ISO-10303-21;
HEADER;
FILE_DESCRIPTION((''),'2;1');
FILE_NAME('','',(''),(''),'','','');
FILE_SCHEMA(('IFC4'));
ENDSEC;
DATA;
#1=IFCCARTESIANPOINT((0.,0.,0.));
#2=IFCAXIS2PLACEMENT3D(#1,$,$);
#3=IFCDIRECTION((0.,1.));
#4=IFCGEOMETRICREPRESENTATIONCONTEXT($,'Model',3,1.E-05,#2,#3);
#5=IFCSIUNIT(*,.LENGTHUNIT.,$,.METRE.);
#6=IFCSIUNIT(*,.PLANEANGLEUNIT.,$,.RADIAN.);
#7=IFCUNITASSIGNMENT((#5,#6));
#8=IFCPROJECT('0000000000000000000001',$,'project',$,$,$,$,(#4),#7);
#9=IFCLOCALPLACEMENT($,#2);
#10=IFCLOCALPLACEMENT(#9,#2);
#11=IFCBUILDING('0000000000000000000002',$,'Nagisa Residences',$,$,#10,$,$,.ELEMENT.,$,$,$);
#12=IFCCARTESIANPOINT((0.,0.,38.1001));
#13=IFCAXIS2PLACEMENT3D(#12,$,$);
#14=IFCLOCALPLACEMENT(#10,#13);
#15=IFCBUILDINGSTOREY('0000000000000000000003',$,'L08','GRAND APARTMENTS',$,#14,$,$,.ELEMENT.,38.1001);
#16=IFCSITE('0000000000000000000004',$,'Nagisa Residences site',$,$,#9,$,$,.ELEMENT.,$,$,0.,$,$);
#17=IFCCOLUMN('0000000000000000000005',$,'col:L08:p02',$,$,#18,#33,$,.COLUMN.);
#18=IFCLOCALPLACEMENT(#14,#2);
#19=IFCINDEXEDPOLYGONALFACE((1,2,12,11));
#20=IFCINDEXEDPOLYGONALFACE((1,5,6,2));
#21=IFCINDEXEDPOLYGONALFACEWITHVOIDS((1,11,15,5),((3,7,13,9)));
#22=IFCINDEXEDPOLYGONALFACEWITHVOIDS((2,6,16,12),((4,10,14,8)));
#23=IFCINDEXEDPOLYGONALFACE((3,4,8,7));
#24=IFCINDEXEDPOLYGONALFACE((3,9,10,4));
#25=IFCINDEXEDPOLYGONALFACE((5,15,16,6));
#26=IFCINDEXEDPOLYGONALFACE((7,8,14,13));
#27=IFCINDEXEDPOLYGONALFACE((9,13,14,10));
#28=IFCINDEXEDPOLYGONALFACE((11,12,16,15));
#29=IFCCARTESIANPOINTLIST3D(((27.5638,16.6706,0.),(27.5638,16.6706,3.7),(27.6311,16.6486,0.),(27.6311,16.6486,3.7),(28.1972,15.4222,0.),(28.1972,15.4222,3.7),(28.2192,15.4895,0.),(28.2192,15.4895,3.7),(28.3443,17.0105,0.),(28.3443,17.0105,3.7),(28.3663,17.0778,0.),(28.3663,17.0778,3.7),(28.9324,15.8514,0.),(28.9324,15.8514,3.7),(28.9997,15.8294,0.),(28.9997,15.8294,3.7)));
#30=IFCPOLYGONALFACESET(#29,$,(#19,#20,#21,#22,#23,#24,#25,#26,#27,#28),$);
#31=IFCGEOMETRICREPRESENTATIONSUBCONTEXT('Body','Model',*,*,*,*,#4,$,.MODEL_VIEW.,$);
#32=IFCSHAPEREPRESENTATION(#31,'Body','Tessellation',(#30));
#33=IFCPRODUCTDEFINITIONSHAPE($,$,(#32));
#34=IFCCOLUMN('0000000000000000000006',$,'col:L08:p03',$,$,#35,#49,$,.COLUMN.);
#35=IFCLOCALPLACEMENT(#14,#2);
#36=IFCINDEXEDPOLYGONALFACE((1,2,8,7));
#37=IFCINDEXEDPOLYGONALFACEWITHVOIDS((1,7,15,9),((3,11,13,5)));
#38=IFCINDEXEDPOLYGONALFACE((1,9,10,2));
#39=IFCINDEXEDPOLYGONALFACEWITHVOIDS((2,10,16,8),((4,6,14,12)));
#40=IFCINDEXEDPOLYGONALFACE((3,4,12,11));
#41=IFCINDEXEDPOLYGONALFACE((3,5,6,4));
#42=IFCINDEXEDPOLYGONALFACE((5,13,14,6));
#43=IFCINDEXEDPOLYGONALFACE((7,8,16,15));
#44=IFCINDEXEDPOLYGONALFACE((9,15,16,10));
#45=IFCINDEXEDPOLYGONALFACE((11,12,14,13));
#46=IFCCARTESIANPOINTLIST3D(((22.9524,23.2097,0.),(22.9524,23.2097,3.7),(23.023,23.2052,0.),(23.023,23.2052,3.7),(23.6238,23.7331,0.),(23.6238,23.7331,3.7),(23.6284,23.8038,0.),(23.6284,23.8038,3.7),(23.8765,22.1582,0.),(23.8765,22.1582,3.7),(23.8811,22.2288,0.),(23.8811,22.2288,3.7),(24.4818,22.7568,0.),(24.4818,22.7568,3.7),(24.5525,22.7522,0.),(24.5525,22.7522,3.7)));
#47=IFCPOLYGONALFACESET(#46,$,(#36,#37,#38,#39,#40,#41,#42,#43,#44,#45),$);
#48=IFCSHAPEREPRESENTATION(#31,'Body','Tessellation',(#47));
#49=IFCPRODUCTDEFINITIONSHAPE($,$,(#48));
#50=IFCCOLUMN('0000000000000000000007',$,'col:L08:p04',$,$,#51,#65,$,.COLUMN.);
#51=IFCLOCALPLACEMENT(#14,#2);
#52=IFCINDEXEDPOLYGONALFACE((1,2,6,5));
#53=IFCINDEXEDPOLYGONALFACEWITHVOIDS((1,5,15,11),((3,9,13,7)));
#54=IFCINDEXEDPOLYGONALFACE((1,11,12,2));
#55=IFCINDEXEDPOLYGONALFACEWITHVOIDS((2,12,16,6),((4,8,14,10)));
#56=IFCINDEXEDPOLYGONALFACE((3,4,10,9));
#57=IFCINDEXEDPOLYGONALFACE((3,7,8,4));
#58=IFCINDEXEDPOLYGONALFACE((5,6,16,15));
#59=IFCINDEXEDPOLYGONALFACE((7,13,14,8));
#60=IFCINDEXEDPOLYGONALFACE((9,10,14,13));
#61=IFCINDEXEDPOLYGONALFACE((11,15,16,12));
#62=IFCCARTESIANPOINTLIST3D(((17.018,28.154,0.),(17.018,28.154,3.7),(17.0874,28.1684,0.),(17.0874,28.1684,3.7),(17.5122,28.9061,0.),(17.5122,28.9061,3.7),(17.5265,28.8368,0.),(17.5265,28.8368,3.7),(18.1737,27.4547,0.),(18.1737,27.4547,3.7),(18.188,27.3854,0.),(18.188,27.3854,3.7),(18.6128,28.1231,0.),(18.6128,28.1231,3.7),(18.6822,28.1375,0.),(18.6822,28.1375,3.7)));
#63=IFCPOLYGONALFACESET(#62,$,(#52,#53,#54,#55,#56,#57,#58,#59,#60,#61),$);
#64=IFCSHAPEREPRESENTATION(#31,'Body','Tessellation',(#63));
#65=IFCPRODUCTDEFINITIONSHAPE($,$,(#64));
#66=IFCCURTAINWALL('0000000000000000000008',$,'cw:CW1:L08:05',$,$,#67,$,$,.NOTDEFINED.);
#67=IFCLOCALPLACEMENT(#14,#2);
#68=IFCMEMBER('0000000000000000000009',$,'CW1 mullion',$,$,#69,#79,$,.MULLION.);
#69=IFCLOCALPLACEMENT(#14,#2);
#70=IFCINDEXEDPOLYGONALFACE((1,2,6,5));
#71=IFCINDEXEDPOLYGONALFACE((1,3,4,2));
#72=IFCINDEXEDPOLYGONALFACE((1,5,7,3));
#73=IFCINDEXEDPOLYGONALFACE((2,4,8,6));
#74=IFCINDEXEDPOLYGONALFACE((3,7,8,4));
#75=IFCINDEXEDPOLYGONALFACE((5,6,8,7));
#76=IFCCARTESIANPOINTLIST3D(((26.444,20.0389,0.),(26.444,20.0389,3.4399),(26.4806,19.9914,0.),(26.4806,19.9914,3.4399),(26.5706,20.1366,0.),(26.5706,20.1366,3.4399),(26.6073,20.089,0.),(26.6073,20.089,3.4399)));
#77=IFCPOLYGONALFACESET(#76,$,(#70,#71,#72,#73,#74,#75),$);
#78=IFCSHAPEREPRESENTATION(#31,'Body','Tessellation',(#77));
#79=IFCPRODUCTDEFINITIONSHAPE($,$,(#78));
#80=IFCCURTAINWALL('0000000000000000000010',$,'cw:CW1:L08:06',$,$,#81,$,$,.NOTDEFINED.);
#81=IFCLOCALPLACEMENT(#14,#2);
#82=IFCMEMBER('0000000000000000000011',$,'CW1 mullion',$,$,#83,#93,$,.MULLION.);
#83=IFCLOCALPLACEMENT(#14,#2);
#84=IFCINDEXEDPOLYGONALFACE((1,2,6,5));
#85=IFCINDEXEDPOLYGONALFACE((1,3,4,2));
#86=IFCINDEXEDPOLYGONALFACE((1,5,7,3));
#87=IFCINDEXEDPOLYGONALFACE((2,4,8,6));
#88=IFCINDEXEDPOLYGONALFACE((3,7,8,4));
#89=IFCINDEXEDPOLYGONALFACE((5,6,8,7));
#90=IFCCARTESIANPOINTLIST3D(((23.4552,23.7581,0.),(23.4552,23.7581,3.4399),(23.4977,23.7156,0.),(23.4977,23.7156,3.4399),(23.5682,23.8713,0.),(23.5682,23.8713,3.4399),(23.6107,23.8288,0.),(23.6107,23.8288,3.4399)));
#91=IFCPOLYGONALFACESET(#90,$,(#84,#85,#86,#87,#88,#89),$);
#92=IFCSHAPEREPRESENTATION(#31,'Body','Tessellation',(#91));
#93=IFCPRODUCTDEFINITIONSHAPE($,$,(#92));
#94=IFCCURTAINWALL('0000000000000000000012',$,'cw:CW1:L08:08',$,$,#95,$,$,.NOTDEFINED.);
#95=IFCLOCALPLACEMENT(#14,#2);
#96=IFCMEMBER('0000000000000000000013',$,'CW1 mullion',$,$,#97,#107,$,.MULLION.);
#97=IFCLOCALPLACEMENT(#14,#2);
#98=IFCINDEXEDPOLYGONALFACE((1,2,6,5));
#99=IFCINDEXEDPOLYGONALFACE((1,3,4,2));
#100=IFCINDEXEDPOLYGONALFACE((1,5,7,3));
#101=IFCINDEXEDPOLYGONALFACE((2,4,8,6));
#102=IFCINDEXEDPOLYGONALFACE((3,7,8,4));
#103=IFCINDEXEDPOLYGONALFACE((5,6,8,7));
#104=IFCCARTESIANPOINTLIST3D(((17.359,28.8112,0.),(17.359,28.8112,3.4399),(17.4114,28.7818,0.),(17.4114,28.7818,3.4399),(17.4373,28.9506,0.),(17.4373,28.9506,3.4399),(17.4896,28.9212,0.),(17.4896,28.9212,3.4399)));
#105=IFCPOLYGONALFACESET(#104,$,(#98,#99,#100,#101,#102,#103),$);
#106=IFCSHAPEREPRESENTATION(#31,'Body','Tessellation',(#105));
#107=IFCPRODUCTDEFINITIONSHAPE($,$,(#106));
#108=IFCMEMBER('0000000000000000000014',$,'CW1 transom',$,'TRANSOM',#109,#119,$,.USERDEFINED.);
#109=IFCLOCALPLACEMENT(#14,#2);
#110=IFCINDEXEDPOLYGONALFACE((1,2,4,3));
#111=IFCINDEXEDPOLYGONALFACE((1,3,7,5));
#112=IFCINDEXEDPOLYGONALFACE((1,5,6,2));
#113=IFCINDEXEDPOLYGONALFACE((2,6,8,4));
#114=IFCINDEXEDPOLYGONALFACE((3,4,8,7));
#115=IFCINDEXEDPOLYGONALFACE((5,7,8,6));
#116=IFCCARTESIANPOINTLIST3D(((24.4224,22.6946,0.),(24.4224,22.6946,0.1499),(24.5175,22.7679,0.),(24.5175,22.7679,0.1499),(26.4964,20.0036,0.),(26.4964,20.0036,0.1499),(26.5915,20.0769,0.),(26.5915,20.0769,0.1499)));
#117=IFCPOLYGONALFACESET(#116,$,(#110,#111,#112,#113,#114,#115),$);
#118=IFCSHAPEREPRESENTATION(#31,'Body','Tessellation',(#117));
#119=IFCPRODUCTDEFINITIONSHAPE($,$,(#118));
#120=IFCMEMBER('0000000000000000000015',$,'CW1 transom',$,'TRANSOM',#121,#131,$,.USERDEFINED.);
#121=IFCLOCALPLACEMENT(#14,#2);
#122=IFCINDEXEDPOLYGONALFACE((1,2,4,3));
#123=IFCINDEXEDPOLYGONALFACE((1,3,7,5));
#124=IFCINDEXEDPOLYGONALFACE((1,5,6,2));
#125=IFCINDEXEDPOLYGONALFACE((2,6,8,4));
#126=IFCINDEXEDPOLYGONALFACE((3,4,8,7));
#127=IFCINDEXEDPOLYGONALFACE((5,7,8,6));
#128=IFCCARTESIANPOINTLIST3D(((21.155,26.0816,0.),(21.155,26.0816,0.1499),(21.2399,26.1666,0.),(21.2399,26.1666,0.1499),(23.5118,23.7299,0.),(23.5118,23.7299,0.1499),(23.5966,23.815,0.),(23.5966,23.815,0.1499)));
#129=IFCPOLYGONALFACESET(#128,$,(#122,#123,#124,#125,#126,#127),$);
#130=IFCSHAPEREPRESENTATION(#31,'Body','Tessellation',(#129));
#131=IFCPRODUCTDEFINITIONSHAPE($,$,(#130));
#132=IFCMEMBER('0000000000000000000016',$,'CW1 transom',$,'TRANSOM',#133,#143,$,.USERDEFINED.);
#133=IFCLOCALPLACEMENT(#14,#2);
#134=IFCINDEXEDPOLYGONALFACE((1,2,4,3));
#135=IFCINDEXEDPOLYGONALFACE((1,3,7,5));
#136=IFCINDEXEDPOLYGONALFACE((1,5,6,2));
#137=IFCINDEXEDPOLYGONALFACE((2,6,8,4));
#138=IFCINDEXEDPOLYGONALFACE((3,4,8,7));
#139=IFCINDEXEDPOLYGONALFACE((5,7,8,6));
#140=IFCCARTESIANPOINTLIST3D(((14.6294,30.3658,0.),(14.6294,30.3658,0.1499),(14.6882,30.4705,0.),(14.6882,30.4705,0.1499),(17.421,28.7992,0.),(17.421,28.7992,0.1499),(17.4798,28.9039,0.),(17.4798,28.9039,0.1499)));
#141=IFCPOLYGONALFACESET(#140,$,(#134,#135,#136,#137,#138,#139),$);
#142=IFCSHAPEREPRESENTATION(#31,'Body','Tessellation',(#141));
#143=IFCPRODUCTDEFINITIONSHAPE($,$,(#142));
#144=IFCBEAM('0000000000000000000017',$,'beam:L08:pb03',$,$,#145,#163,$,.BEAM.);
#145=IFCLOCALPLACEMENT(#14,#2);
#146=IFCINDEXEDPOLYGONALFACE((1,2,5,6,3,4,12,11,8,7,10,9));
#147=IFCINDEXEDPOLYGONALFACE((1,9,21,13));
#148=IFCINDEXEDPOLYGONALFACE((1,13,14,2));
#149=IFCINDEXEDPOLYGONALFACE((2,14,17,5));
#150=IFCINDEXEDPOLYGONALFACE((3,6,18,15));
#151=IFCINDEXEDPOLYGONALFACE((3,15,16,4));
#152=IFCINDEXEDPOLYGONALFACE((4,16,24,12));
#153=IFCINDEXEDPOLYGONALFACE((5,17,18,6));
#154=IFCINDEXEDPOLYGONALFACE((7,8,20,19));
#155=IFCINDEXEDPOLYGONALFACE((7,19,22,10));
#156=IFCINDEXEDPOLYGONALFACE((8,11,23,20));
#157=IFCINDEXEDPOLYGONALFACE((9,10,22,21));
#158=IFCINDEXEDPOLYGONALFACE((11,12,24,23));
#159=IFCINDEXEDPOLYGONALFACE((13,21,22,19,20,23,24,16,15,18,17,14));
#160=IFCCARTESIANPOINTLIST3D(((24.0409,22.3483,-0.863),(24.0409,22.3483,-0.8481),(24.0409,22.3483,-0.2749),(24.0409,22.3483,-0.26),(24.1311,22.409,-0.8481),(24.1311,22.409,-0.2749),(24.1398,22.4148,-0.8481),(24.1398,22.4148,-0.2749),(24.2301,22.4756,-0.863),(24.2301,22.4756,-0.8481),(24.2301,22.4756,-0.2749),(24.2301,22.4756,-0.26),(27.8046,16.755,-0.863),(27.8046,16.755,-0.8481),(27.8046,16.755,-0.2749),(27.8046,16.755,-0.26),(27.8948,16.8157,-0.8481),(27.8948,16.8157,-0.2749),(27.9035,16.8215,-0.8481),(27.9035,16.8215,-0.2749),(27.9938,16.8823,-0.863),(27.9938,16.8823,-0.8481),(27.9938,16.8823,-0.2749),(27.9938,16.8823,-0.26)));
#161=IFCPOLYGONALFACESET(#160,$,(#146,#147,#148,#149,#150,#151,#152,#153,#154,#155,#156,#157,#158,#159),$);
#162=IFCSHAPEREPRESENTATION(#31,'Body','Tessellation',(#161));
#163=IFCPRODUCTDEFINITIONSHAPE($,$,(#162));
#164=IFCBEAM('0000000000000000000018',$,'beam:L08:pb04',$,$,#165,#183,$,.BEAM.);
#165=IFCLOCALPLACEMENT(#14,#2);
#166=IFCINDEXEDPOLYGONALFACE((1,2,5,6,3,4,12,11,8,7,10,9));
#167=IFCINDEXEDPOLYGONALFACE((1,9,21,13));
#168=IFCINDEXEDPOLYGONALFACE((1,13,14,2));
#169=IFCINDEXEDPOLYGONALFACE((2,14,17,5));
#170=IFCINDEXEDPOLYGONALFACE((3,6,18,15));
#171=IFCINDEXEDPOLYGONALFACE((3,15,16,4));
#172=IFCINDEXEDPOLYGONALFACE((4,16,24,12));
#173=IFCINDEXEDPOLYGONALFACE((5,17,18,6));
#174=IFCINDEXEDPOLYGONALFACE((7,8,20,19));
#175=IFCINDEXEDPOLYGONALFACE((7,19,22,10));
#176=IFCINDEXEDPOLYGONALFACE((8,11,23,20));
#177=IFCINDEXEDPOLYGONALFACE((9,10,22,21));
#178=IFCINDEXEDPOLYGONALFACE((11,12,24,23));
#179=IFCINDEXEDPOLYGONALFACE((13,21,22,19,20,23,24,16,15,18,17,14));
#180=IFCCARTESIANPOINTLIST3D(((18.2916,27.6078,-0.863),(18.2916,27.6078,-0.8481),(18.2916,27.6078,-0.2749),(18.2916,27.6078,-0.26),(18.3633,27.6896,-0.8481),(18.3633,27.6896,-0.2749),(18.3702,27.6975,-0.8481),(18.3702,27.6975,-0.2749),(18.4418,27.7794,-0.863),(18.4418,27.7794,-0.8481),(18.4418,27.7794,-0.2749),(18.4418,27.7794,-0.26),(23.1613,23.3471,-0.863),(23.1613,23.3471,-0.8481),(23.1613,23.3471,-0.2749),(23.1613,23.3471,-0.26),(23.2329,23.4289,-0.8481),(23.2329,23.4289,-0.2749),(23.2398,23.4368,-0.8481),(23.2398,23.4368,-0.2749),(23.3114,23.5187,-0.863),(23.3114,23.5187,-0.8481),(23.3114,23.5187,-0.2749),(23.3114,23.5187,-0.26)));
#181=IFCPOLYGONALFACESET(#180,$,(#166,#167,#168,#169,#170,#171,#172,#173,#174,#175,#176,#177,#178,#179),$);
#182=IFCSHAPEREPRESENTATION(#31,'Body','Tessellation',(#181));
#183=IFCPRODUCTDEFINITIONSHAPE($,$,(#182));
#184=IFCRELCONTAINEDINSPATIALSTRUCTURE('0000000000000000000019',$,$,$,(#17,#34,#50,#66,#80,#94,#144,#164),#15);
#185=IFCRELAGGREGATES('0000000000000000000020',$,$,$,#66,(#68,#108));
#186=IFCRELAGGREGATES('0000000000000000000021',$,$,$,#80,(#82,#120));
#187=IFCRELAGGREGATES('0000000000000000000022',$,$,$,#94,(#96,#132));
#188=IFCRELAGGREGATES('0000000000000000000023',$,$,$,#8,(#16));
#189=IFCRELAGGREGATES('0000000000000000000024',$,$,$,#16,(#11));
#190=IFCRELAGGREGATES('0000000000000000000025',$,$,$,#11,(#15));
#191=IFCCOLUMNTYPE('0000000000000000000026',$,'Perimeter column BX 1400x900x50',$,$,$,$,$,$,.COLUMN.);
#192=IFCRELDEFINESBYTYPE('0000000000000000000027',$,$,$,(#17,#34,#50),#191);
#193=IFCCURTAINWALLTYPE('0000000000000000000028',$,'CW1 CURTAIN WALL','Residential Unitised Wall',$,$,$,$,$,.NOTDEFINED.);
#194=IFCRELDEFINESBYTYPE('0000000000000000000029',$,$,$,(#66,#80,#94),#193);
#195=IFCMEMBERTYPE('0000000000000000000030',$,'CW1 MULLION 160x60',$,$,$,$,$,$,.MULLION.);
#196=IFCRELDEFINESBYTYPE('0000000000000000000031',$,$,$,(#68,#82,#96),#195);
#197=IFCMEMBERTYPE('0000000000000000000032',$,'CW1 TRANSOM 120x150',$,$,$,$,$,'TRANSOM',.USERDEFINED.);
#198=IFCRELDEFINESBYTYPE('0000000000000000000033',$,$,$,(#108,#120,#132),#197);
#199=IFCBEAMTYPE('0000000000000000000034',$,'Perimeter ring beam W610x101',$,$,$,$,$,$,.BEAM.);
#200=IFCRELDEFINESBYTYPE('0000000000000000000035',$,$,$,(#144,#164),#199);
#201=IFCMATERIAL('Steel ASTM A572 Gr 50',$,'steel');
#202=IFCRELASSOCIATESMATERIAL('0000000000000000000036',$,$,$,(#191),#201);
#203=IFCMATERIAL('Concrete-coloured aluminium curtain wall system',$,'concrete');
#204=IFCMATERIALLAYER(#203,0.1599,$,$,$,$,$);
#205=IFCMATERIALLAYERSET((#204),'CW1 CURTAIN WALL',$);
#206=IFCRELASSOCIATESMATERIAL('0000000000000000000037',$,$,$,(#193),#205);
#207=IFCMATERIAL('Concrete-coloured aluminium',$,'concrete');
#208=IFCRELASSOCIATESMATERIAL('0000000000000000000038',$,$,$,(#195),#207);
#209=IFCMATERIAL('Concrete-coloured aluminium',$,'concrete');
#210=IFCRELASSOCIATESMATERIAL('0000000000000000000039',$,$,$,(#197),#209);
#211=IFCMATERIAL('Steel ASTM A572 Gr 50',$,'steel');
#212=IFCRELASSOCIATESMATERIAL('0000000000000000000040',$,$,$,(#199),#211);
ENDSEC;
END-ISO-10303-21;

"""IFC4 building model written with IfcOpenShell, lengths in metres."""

from ifc_helpers import new_model, si_unit, direction, frame, origin, origin_2d, place, context, subcontext, project, spatial, rectangle, hollow_rectangle, i_section, extrude, material, layer, layer_set, material_profile, profile_set, type_object, element, aggregate, save


model = new_model("IFC4")

# Units and contexts
model_context = context("Model", 3, precision=1e-05, world=origin(), true_north=direction((0.0, 1.0)))
body_context = subcontext(model_context, "Body", "Model", "MODEL_VIEW")
ifc_project = project(units=[si_unit("LENGTHUNIT", "METRE"), si_unit("PLANEANGLEUNIT", "RADIAN")], contexts=[model_context])

# Site, building, storey
site_placement = place(None, origin())
site = spatial("IfcSite", under=ifc_project, at=site_placement, Name="Nagisa Residences site", CompositionType="ELEMENT", RefElevation=0.0)
building_placement = place(site_placement, origin())
building = spatial("IfcBuilding", under=site, at=building_placement, Name="Nagisa Residences", CompositionType="ELEMENT")
storey_placement = place(building_placement, frame((0.0, 0.0, 38.1001)))
storey = spatial("IfcBuildingStorey", under=building, at=storey_placement, Name="L08", Description="GRAND APARTMENTS", CompositionType="ELEMENT", Elevation=38.1001)

# Columns
ifc_material_1 = material(Name="Steel ASTM A572 Gr 50", Category="steel")
ifc_material_profile_1 = material_profile(ifc_material_1, hollow_rectangle(XDim=1.3999, YDim=0.8999, WallThickness=0.05, at=origin_2d()), Name="BX 1400x900x50")
ifc_profile_set_1 = profile_set([ifc_material_profile_1], Name="Steel ASTM A572 Gr 50")
column_type = type_object("IfcColumnType", Name="Perimeter column BX 1400x900x50", PredefinedType="COLUMN", material=ifc_profile_set_1)
for number, where, z_axis, x_axis, name in (
    (1, (28.2817, 16.25, 0.0), (0.0, 0.0, 1.0), (-0.452463, 0.891783, 0.0), "col:L08:p02"),
    (2, (23.7524, 22.981, 0.0), (0.0, 0.0, 1.0), (-0.660115, 0.751165, 0.0), "col:L08:p03"),
    (3, (17.8501, 28.1458, 0.0), (0.0, 0.0, 1.0), (-0.835766, 0.549086, 0.0), "col:L08:p04"),
):
    element("IfcColumn", number, at=place(storey_placement, frame(where, z_axis=z_axis, x_axis=x_axis)), inside=storey, type_object=column_type, Name=name, PredefinedType="COLUMN", context=body_context, shape_type="SweptSolid", body=[
        extrude(hollow_rectangle(XDim=1.3999, YDim=0.8999, WallThickness=0.05, at=origin_2d()), origin(), (0.0, 0.0, 1.0), 3.7),
    ])

# Curtain walls, members
ifc_material_2 = material(Name="Concrete-coloured aluminium curtain wall system", Category="concrete")
ifc_layer_1 = layer(ifc_material_2, 0.1599)
ifc_layer_set_1 = layer_set([ifc_layer_1], Name="CW1 CURTAIN WALL")
curtain_wall_type = type_object("IfcCurtainWallType", Name="CW1 CURTAIN WALL", Description="Residential Unitised Wall", PredefinedType="NOTDEFINED", material=ifc_layer_set_1)
curtain_wall_1_placement = place(storey_placement, origin())
curtain_wall_1 = element("IfcCurtainWall", 4, at=curtain_wall_1_placement, inside=storey, type_object=curtain_wall_type, Name="cw:CW1:L08:05", PredefinedType="NOTDEFINED")
ifc_material_3 = material(Name="Concrete-coloured aluminium", Category="concrete")
ifc_material_profile_2 = material_profile(ifc_material_3, rectangle(XDim=0.1599, YDim=0.0601, at=origin_2d()), Name="CW1 MULLION 160x60")
ifc_profile_set_2 = profile_set([ifc_material_profile_2], Name="Concrete-coloured aluminium")
member_type_1 = type_object("IfcMemberType", Name="CW1 MULLION 160x60", PredefinedType="MULLION", material=ifc_profile_set_2)
member_1_placement = place(storey_placement, frame((26.5256, 20.064, 0.0), z_axis=(0.0, 0.0, 1.0), x_axis=(-0.79207, -0.61043, 0.0)))
member_1 = element("IfcMember", 5, at=member_1_placement, type_object=member_type_1, Name="CW1 mullion", PredefinedType="MULLION", context=body_context, shape_type="SweptSolid", body=[
    extrude(rectangle(XDim=0.1599, YDim=0.0601, at=origin_2d()), origin(), (0.0, 0.0, 1.0), 3.4399),
])
curtain_wall_2_placement = place(storey_placement, origin())
curtain_wall_2 = element("IfcCurtainWall", 6, at=curtain_wall_2_placement, inside=storey, type_object=curtain_wall_type, Name="cw:CW1:L08:06", PredefinedType="NOTDEFINED")
member_2_placement = place(storey_placement, frame((23.533, 23.7935, 0.0), z_axis=(0.0, 0.0, 1.0), x_axis=(-0.706377, -0.707836, 0.0)))
member_2 = element("IfcMember", 7, at=member_2_placement, type_object=member_type_1, Name="CW1 mullion", PredefinedType="MULLION", context=body_context, shape_type="SweptSolid", body=[
    extrude(rectangle(XDim=0.1599, YDim=0.0601, at=origin_2d()), origin(), (0.0, 0.0, 1.0), 3.4399),
])
curtain_wall_3_placement = place(storey_placement, origin())
curtain_wall_3 = element("IfcCurtainWall", 8, at=curtain_wall_3_placement, inside=storey, type_object=curtain_wall_type, Name="cw:CW1:L08:08", PredefinedType="NOTDEFINED")
member_3_placement = place(storey_placement, frame((17.4243, 28.8662, 0.0), z_axis=(0.0, 0.0, 1.0), x_axis=(-0.489377, -0.872072, 0.0)))
member_3 = element("IfcMember", 9, at=member_3_placement, type_object=member_type_1, Name="CW1 mullion", PredefinedType="MULLION", context=body_context, shape_type="SweptSolid", body=[
    extrude(rectangle(XDim=0.1599, YDim=0.0601, at=origin_2d()), origin(), (0.0, 0.0, 1.0), 3.4399),
])

# Members
ifc_material_4 = material(Name="Concrete-coloured aluminium", Category="concrete")
ifc_material_profile_3 = material_profile(ifc_material_4, rectangle(XDim=0.1201, YDim=0.1499, at=origin_2d()), Name="CW1 TRANSOM 120x150")
ifc_profile_set_3 = profile_set([ifc_material_profile_3], Name="Concrete-coloured aluminium")
member_type_2 = type_object("IfcMemberType", Name="CW1 TRANSOM 120x150", ElementType="TRANSOM", PredefinedType="USERDEFINED", material=ifc_profile_set_3)
member_4_placement = place(storey_placement, frame((26.5439, 20.0403, 0.075), z_axis=(-0.610457, 0.792049, 0.0), x_axis=(-0.792049, -0.610457, 0.0)))
member_4 = element("IfcMember", 10, at=member_4_placement, type_object=member_type_2, Name="CW1 transom", ObjectType="TRANSOM", PredefinedType="USERDEFINED", context=body_context, shape_type="SweptSolid", body=[
    extrude(rectangle(XDim=0.1201, YDim=0.1499, at=origin_2d()), origin(), (0.0, 0.0, 1.0), 3.3975),
])
member_5_placement = place(storey_placement, frame((23.5542, 23.7725, 0.075), z_axis=(-0.707876, 0.706336, 0.0), x_axis=(-0.706336, -0.707876, 0.0)))
member_5 = element("IfcMember", 11, at=member_5_placement, type_object=member_type_2, Name="CW1 transom", ObjectType="TRANSOM", PredefinedType="USERDEFINED", context=body_context, shape_type="SweptSolid", body=[
    extrude(rectangle(XDim=0.1201, YDim=0.1499, at=origin_2d()), origin(), (0.0, 0.0, 1.0), 3.3293),
])
member_6_placement = place(storey_placement, frame((17.4504, 28.8516, 0.075), z_axis=(-0.87207, 0.489381, 0.0), x_axis=(-0.489381, -0.87207, 0.0)))
member_6 = element("IfcMember", 12, at=member_6_placement, type_object=member_type_2, Name="CW1 transom", ObjectType="TRANSOM", PredefinedType="USERDEFINED", context=body_context, shape_type="SweptSolid", body=[
    extrude(rectangle(XDim=0.1201, YDim=0.1499, at=origin_2d()), origin(), (0.0, 0.0, 1.0), 3.2012),
])

# Beams
ifc_material_5 = material(Name="Steel ASTM A572 Gr 50", Category="steel")
ifc_material_profile_4 = material_profile(ifc_material_5, i_section(OverallWidth=0.228, OverallDepth=0.603, WebThickness=0.0105, FlangeThickness=0.0149, at=origin_2d()), Name="W610x101")
ifc_profile_set_4 = profile_set([ifc_material_profile_4], Name="Steel ASTM A572 Gr 50")
beam_type_1 = type_object("IfcBeamType", Name="Perimeter ring beam W610x101", PredefinedType="BEAM", material=ifc_profile_set_4)
beam_1_placement = place(storey_placement, frame((27.8992, 16.8186, -0.5615), z_axis=(-0.558272, 0.829658, 0.0), x_axis=(-0.829658, -0.558272, 0.0)))
element("IfcBeam", 13, at=beam_1_placement, inside=storey, type_object=beam_type_1, Name="beam:L08:pb03", PredefinedType="BEAM", context=body_context, shape_type="SweptSolid", body=[
    extrude(i_section(OverallWidth=0.228, OverallDepth=0.603, WebThickness=0.0105, FlangeThickness=0.0149, at=origin_2d()), origin(), (0.0, 0.0, 1.0), 6.7417),
])
beam_2_placement = place(storey_placement, frame((23.2363, 23.4329, -0.5615), z_axis=(-0.752591, 0.658489, 0.0), x_axis=(-0.658489, -0.752591, 0.0)))
element("IfcBeam", 14, at=beam_2_placement, inside=storey, type_object=beam_type_1, Name="beam:L08:pb04", PredefinedType="BEAM", context=body_context, shape_type="SweptSolid", body=[
    extrude(i_section(OverallWidth=0.228, OverallDepth=0.603, WebThickness=0.0105, FlangeThickness=0.0149, at=origin_2d()), origin(), (0.0, 0.0, 1.0), 6.4705),
])

aggregate(curtain_wall_1, [member_1, member_4])
aggregate(curtain_wall_2, [member_2, member_5])
aggregate(curtain_wall_3, [member_3, member_6])

save(model, "model.ifc")
